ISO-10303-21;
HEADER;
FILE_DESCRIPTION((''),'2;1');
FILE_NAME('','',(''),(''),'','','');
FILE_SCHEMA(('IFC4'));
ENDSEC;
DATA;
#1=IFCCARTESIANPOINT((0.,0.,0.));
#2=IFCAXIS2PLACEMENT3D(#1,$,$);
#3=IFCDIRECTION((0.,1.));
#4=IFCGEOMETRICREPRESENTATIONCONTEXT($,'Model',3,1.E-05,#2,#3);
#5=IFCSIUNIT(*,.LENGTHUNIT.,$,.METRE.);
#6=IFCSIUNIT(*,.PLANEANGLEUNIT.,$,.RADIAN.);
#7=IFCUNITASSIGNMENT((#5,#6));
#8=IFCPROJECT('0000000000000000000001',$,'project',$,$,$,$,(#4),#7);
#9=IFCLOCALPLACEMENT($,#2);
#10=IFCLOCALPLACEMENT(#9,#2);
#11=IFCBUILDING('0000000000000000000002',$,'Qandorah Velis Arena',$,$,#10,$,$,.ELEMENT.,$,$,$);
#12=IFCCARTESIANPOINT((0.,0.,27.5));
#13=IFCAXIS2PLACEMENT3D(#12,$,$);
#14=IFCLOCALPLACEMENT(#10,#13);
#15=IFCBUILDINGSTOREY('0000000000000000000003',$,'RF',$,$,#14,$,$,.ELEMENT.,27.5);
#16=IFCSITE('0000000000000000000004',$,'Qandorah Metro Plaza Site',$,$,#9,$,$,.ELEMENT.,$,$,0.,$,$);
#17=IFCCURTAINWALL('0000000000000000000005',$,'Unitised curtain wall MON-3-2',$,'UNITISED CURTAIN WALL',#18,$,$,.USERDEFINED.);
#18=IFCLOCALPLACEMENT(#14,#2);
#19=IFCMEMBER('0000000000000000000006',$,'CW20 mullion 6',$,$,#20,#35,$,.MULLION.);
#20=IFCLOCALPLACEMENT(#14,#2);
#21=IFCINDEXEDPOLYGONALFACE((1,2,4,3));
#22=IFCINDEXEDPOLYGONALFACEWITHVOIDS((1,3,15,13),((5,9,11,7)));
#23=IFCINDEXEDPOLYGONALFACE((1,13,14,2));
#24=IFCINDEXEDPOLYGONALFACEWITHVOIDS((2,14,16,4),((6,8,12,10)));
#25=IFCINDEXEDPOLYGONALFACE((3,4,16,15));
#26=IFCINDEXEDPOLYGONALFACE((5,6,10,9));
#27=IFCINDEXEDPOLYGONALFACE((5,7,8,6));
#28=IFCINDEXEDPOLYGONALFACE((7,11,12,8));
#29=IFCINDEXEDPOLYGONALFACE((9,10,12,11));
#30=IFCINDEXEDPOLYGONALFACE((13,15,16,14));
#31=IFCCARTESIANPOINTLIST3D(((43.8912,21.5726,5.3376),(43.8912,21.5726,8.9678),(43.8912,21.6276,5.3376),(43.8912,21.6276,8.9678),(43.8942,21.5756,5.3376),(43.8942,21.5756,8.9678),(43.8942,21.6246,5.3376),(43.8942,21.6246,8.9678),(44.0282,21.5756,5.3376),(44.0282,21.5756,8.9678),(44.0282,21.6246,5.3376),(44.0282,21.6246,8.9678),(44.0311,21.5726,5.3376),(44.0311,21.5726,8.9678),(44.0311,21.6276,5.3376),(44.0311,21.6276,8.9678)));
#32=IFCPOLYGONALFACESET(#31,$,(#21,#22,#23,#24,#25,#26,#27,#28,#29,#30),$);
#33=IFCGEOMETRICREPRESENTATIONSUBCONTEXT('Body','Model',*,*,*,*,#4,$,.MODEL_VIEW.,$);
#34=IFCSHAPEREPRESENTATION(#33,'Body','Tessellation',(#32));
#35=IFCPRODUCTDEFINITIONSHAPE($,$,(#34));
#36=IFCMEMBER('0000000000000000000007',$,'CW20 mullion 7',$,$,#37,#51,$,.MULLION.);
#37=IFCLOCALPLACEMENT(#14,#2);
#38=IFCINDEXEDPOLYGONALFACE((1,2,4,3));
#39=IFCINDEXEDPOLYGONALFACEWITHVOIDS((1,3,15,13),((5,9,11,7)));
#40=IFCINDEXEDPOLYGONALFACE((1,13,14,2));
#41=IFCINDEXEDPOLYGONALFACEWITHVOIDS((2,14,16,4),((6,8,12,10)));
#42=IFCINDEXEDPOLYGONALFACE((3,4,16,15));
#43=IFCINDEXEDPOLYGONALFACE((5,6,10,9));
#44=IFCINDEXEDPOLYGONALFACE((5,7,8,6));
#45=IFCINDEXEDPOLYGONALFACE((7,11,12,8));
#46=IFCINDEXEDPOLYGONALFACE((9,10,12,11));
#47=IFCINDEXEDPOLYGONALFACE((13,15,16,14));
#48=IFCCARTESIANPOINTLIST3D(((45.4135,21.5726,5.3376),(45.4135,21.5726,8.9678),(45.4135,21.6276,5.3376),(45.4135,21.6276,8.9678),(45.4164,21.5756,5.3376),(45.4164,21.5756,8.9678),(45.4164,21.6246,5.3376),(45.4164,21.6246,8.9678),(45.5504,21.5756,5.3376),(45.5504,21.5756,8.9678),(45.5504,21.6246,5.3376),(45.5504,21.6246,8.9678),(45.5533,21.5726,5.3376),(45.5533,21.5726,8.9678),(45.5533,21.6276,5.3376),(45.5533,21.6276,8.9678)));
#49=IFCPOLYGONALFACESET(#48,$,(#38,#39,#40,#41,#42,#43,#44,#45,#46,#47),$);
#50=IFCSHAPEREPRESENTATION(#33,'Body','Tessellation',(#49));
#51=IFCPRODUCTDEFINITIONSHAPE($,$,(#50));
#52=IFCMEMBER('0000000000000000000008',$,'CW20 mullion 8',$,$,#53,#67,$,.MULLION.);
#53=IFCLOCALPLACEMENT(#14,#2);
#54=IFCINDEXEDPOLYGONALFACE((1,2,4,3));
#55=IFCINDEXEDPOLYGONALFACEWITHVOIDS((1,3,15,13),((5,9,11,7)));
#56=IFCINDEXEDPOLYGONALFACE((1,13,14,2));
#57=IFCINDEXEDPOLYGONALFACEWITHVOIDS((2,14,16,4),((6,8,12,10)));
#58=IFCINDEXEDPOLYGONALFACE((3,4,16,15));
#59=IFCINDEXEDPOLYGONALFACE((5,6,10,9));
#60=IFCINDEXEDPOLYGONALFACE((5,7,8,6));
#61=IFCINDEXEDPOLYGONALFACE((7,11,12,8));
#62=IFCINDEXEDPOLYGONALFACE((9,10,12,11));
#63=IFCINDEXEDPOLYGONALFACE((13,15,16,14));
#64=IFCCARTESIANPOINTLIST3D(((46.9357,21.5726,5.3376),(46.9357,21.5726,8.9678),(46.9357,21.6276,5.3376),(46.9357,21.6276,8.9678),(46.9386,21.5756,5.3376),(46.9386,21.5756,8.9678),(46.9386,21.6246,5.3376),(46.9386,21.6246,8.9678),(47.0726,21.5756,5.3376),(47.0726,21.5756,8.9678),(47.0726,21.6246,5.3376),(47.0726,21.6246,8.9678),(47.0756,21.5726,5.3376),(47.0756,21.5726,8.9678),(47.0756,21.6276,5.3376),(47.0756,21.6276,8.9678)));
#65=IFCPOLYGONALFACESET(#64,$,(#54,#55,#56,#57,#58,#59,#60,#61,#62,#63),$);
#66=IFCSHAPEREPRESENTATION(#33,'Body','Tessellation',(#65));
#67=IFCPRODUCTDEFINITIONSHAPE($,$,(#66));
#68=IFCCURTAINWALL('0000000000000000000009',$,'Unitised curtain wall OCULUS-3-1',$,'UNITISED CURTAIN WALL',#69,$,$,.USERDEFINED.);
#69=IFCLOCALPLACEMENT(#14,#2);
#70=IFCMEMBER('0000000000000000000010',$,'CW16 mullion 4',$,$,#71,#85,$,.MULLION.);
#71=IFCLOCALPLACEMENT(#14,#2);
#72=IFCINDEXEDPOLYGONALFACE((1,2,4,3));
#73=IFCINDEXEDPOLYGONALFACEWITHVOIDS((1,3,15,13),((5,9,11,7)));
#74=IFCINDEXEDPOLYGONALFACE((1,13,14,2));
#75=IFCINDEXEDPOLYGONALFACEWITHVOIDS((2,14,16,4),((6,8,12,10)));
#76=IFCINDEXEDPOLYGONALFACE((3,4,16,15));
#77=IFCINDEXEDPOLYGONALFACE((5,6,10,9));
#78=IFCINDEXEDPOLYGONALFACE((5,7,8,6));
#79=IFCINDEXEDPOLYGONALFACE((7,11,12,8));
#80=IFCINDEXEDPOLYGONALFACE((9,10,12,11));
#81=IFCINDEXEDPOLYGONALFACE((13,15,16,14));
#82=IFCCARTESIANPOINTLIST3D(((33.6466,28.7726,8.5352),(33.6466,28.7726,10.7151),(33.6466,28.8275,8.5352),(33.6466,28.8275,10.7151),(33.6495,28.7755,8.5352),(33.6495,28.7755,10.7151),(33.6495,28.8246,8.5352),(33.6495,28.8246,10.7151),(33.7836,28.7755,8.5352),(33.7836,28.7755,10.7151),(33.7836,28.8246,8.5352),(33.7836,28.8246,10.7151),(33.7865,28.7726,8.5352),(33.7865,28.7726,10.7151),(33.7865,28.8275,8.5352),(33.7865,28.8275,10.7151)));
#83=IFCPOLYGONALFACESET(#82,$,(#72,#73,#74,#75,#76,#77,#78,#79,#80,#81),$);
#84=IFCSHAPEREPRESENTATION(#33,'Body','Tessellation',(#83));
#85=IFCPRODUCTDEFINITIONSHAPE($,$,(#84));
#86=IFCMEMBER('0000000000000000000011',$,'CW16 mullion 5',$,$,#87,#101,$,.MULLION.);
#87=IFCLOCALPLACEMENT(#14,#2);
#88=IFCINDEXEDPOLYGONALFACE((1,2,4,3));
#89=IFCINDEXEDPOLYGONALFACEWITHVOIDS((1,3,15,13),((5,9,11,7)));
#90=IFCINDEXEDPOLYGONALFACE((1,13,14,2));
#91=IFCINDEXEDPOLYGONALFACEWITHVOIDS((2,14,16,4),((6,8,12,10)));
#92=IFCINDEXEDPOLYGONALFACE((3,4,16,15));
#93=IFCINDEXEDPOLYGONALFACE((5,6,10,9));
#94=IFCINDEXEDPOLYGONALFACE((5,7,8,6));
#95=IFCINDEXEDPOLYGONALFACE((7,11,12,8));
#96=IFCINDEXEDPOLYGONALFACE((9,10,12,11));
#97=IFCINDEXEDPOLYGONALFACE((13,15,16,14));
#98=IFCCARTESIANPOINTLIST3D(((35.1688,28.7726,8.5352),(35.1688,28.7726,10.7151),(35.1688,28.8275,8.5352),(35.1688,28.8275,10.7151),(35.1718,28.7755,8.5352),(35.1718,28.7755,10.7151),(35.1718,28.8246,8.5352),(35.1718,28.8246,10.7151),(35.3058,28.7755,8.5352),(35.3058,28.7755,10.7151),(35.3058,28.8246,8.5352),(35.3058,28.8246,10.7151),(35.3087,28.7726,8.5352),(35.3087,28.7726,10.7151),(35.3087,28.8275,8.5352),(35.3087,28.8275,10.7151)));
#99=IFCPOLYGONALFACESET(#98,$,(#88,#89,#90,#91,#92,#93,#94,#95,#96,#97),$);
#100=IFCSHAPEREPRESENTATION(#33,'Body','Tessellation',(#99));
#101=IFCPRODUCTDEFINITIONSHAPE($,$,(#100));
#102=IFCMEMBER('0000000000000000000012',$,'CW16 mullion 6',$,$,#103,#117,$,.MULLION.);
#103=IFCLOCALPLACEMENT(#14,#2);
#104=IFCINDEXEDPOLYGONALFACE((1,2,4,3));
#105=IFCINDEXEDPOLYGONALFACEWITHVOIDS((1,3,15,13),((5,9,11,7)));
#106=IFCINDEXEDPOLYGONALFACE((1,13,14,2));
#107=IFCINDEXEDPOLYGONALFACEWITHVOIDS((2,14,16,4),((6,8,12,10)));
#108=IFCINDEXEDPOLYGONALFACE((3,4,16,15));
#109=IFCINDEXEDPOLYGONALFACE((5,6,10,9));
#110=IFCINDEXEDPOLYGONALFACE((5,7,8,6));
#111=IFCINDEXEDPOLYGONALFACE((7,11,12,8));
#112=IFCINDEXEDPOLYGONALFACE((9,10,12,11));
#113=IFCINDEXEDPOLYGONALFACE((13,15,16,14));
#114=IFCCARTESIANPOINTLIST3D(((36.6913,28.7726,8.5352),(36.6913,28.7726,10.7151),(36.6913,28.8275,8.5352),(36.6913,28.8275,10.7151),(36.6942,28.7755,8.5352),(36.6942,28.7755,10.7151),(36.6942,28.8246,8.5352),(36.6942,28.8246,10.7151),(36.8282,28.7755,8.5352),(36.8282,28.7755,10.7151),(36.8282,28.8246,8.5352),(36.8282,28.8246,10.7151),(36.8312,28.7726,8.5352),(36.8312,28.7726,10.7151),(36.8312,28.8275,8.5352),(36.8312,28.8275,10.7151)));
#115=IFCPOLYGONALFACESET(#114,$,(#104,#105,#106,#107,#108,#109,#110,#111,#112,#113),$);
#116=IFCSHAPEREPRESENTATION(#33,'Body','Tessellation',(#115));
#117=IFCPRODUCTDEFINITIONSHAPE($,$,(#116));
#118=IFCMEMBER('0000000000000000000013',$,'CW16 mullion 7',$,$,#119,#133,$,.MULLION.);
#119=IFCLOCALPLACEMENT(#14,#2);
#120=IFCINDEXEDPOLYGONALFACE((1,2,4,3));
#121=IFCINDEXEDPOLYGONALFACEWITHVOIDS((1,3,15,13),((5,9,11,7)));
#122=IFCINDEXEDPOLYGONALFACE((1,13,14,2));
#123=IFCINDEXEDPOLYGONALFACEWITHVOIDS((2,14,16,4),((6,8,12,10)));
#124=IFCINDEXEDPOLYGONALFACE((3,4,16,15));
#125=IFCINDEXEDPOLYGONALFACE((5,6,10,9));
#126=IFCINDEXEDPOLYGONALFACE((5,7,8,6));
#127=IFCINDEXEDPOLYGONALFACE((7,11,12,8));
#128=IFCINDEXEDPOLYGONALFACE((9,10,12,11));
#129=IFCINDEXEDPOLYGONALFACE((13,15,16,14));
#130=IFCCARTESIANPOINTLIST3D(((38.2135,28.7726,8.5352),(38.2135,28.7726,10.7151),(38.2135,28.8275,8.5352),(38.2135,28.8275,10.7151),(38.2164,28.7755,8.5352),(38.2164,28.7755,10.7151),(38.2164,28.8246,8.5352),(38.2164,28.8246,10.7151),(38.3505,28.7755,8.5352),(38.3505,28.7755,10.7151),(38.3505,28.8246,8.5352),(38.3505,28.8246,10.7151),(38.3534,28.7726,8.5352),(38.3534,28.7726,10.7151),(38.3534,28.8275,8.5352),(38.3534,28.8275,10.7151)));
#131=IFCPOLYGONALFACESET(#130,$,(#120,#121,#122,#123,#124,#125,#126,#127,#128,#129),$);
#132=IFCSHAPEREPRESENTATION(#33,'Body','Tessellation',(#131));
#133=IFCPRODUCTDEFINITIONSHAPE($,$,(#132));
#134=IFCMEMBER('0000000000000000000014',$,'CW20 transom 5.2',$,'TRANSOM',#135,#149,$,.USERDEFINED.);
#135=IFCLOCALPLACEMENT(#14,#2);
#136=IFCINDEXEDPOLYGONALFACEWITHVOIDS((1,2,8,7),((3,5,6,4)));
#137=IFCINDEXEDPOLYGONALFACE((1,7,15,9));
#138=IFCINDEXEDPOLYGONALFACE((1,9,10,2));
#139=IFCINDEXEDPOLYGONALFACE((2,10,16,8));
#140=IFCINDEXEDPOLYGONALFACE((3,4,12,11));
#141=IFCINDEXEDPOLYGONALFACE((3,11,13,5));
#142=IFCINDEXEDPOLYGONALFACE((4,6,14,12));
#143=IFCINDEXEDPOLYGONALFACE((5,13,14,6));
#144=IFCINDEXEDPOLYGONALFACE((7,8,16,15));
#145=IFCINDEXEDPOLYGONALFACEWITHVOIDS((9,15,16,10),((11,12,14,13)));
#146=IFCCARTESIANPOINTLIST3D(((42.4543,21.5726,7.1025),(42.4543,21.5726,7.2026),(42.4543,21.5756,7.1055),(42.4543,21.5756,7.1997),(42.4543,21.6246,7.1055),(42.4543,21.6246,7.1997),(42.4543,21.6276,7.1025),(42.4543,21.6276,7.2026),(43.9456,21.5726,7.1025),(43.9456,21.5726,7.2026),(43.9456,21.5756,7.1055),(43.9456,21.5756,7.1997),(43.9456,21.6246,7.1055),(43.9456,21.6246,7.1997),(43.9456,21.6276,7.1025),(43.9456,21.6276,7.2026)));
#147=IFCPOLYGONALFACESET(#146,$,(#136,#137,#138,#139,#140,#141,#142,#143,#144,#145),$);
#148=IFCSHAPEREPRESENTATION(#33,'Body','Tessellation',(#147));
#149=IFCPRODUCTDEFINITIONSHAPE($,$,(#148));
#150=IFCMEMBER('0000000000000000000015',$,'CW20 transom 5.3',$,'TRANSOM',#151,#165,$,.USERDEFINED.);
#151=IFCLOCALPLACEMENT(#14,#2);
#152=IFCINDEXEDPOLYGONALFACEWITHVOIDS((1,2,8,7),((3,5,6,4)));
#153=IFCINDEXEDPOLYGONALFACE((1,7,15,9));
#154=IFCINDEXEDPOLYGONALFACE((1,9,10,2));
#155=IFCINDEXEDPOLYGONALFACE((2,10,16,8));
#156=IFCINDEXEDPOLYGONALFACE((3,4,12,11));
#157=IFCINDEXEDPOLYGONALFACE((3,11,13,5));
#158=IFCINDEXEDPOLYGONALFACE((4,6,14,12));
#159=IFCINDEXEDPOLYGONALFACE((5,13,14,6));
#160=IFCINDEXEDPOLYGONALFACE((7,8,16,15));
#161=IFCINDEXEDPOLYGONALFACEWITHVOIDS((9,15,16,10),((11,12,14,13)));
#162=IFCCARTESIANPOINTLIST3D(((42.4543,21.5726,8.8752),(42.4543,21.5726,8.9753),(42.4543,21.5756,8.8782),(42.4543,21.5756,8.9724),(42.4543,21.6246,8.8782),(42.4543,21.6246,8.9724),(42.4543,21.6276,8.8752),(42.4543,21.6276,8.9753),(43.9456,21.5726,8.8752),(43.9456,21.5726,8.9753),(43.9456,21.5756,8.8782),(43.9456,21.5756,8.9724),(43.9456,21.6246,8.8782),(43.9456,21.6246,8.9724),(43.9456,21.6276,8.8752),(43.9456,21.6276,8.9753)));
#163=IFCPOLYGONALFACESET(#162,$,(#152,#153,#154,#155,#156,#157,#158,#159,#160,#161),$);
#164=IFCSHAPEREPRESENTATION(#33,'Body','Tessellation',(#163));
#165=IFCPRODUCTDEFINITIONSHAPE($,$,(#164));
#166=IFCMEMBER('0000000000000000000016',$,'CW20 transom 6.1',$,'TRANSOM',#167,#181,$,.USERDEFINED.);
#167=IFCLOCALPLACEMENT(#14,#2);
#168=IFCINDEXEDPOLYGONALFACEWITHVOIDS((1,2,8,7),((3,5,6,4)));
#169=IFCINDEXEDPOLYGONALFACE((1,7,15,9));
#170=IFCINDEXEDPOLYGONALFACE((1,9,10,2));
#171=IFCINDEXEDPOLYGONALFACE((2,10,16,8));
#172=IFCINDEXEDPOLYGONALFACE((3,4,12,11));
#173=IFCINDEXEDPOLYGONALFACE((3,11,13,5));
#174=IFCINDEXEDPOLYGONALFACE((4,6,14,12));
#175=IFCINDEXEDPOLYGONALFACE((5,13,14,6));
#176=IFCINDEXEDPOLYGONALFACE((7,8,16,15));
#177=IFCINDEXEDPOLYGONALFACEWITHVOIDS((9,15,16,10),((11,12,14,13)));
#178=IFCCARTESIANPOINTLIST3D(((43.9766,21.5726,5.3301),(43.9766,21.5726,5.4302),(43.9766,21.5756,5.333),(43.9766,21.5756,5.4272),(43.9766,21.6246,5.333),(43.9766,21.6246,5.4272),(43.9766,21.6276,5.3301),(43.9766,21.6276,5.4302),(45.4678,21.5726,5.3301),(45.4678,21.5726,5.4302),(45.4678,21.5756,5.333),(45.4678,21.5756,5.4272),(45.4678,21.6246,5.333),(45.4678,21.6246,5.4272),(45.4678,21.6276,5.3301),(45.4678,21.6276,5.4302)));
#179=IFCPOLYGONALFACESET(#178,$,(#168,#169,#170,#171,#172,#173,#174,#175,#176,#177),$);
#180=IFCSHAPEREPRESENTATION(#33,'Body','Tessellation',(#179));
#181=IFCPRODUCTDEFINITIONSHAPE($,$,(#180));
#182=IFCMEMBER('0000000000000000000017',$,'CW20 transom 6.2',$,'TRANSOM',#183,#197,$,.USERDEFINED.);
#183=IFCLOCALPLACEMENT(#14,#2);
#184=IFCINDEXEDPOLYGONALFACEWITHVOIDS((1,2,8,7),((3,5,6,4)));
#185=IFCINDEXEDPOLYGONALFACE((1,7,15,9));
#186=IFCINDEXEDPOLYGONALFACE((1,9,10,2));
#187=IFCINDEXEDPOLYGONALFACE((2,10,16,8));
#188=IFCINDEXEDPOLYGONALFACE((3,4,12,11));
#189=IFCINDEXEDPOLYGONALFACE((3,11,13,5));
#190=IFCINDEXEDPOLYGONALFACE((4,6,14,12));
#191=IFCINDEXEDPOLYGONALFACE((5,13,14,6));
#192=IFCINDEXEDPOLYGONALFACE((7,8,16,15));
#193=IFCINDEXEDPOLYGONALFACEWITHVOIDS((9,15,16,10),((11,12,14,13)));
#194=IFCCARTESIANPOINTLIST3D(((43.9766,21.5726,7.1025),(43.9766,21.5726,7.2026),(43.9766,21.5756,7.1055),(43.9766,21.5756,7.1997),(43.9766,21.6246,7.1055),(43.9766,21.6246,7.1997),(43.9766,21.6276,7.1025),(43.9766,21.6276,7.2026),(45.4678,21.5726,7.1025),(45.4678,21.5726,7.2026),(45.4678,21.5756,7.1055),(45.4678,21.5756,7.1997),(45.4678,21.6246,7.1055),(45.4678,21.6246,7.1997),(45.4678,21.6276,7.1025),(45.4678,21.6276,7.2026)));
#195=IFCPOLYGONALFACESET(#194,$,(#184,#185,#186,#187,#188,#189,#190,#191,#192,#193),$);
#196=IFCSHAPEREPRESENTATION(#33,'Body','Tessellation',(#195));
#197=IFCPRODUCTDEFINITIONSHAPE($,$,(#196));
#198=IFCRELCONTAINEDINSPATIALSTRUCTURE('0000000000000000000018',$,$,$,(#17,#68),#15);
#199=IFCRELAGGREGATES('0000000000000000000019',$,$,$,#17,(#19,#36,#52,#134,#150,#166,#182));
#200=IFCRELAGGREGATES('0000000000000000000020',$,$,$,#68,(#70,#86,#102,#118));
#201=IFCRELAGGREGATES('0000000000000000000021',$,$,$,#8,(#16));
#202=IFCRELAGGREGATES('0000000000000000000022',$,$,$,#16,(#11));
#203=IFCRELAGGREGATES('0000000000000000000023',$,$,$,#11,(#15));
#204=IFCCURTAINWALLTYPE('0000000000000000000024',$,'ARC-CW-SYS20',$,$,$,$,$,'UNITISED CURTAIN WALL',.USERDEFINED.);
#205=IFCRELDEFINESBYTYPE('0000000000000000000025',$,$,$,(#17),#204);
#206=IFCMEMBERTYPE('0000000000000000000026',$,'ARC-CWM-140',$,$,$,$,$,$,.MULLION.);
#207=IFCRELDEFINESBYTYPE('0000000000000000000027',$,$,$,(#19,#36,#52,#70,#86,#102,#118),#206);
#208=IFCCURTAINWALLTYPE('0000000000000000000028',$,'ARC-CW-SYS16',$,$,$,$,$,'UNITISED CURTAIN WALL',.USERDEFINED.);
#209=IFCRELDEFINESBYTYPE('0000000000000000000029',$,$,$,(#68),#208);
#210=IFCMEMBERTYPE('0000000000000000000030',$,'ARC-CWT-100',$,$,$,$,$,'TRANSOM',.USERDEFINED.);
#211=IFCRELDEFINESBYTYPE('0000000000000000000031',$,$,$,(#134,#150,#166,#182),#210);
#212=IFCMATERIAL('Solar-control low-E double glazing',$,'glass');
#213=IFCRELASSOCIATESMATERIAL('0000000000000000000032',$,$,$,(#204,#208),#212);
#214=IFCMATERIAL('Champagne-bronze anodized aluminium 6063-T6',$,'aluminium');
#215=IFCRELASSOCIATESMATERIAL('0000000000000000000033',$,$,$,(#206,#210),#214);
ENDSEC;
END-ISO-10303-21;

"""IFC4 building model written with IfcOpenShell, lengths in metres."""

from ifc_helpers import new_model, si_unit, direction, frame, origin, origin_2d, place, context, subcontext, project, spatial, hollow_rectangle, extrude, material, material_profile, profile_set, type_object, element, aggregate, save


model = new_model("IFC4")

# Units and contexts
model_context = context("Model", 3, precision=1e-05, world=origin(), true_north=direction((0.0, 1.0)))
body_context = subcontext(model_context, "Body", "Model", "MODEL_VIEW")
ifc_project = project(units=[si_unit("LENGTHUNIT", "METRE"), si_unit("PLANEANGLEUNIT", "RADIAN")], contexts=[model_context])

# Site, building, storey
site_placement = place(None, origin())
site = spatial("IfcSite", under=ifc_project, at=site_placement, Name="Qandorah Metro Plaza Site", CompositionType="ELEMENT", RefElevation=0.0)
building_placement = place(site_placement, origin())
building = spatial("IfcBuilding", under=site, at=building_placement, Name="Qandorah Velis Arena", CompositionType="ELEMENT")
storey_placement = place(building_placement, frame((0.0, 0.0, 27.5)))
storey = spatial("IfcBuildingStorey", under=building, at=storey_placement, Name="RF", CompositionType="ELEMENT", Elevation=27.5)

# Curtain walls, members
ifc_material_1 = material(Name="Solar-control low-E double glazing", Category="glass")
curtain_wall_type_1 = type_object("IfcCurtainWallType", Name="ARC-CW-SYS20", ElementType="UNITISED CURTAIN WALL", PredefinedType="USERDEFINED", material=ifc_material_1)
curtain_wall_1_placement = place(storey_placement, origin())
curtain_wall_1 = element("IfcCurtainWall", 1, at=curtain_wall_1_placement, inside=storey, type_object=curtain_wall_type_1, Name="Unitised curtain wall MON-3-2", ObjectType="UNITISED CURTAIN WALL", PredefinedType="USERDEFINED")
ifc_material_2 = material(Name="Champagne-bronze anodized aluminium 6063-T6", Category="aluminium")
ifc_material_profile_1 = material_profile(ifc_material_2, hollow_rectangle(XDim=0.0549, YDim=0.1399, WallThickness=0.0029, at=origin_2d()), Name="ALU MULLION 55x140")
ifc_profile_set_1 = profile_set([ifc_material_profile_1], Name="Champagne-bronze anodized aluminium 6063-T6")
member_type_1 = type_object("IfcMemberType", Name="ARC-CWM-140", PredefinedType="MULLION", material=ifc_profile_set_1)
member_1_placement = place(storey_placement, frame((43.9612, 21.6001, 5.3376), z_axis=(0.0, 0.0, 1.0), x_axis=(0.0, 1.0, 0.0)))
member_1 = element("IfcMember", 2, at=member_1_placement, type_object=member_type_1, Name="CW20 mullion 6", PredefinedType="MULLION", context=body_context, shape_type="SweptSolid", body=[
    extrude(hollow_rectangle(XDim=0.0549, YDim=0.1399, WallThickness=0.0029, at=origin_2d()), origin(), (0.0, 0.0, 1.0), 3.6301),
])
member_2_placement = place(storey_placement, frame((45.4834, 21.6001, 5.3376), z_axis=(0.0, 0.0, 1.0), x_axis=(0.0, 1.0, 0.0)))
member_2 = element("IfcMember", 3, at=member_2_placement, type_object=member_type_1, Name="CW20 mullion 7", PredefinedType="MULLION", context=body_context, shape_type="SweptSolid", body=[
    extrude(hollow_rectangle(XDim=0.0549, YDim=0.1399, WallThickness=0.0029, at=origin_2d()), origin(), (0.0, 0.0, 1.0), 3.6301),
])
member_3_placement = place(storey_placement, frame((47.0056, 21.6001, 5.3376), z_axis=(0.0, 0.0, 1.0), x_axis=(0.0, 1.0, 0.0)))
member_3 = element("IfcMember", 4, at=member_3_placement, type_object=member_type_1, Name="CW20 mullion 8", PredefinedType="MULLION", context=body_context, shape_type="SweptSolid", body=[
    extrude(hollow_rectangle(XDim=0.0549, YDim=0.1399, WallThickness=0.0029, at=origin_2d()), origin(), (0.0, 0.0, 1.0), 3.6301),
])
curtain_wall_type_2 = type_object("IfcCurtainWallType", Name="ARC-CW-SYS16", ElementType="UNITISED CURTAIN WALL", PredefinedType="USERDEFINED", material=ifc_material_1)
curtain_wall_2_placement = place(storey_placement, origin())
curtain_wall_2 = element("IfcCurtainWall", 5, at=curtain_wall_2_placement, inside=storey, type_object=curtain_wall_type_2, Name="Unitised curtain wall OCULUS-3-1", ObjectType="UNITISED CURTAIN WALL", PredefinedType="USERDEFINED")
member_4_placement = place(storey_placement, frame((33.7166, 28.8, 8.5352), z_axis=(0.0, 0.0, 1.0), x_axis=(0.0, 1.0, 0.0)))
member_4 = element("IfcMember", 6, at=member_4_placement, type_object=member_type_1, Name="CW16 mullion 4", PredefinedType="MULLION", context=body_context, shape_type="SweptSolid", body=[
    extrude(hollow_rectangle(XDim=0.0549, YDim=0.1399, WallThickness=0.0029, at=origin_2d()), origin(), (0.0, 0.0, 1.0), 2.1799),
])
member_5_placement = place(storey_placement, frame((35.2388, 28.8, 8.5352), z_axis=(0.0, 0.0, 1.0), x_axis=(0.0, 1.0, 0.0)))
member_5 = element("IfcMember", 7, at=member_5_placement, type_object=member_type_1, Name="CW16 mullion 5", PredefinedType="MULLION", context=body_context, shape_type="SweptSolid", body=[
    extrude(hollow_rectangle(XDim=0.0549, YDim=0.1399, WallThickness=0.0029, at=origin_2d()), origin(), (0.0, 0.0, 1.0), 2.1799),
])
member_6_placement = place(storey_placement, frame((36.7612, 28.8, 8.5352), z_axis=(0.0, 0.0, 1.0), x_axis=(0.0, 1.0, 0.0)))
member_6 = element("IfcMember", 8, at=member_6_placement, type_object=member_type_1, Name="CW16 mullion 6", PredefinedType="MULLION", context=body_context, shape_type="SweptSolid", body=[
    extrude(hollow_rectangle(XDim=0.0549, YDim=0.1399, WallThickness=0.0029, at=origin_2d()), origin(), (0.0, 0.0, 1.0), 2.1799),
])
member_7_placement = place(storey_placement, frame((38.2834, 28.8, 8.5352), z_axis=(0.0, 0.0, 1.0), x_axis=(0.0, 1.0, 0.0)))
member_7 = element("IfcMember", 9, at=member_7_placement, type_object=member_type_1, Name="CW16 mullion 7", PredefinedType="MULLION", context=body_context, shape_type="SweptSolid", body=[
    extrude(hollow_rectangle(XDim=0.0549, YDim=0.1399, WallThickness=0.0029, at=origin_2d()), origin(), (0.0, 0.0, 1.0), 2.1799),
])

# Members
ifc_material_profile_2 = material_profile(ifc_material_2, hollow_rectangle(XDim=0.0549, YDim=0.1001, WallThickness=0.0029, at=origin_2d()), Name="ALU TRANSOM 55x100")
ifc_profile_set_2 = profile_set([ifc_material_profile_2], Name="Champagne-bronze anodized aluminium 6063-T6")
member_type_2 = type_object("IfcMemberType", Name="ARC-CWT-100", ElementType="TRANSOM", PredefinedType="USERDEFINED", material=ifc_profile_set_2)
member_8_placement = place(storey_placement, frame((42.4543, 21.6001, 7.1526), z_axis=(1.0, 0.0, 0.0), x_axis=(0.0, 1.0, 0.0)))
member_8 = element("IfcMember", 10, at=member_8_placement, type_object=member_type_2, Name="CW20 transom 5.2", ObjectType="TRANSOM", PredefinedType="USERDEFINED", context=body_context, shape_type="SweptSolid", body=[
    extrude(hollow_rectangle(XDim=0.0549, YDim=0.1001, WallThickness=0.0029, at=origin_2d()), origin(), (0.0, 0.0, 1.0), 1.4912),
])
member_9_placement = place(storey_placement, frame((42.4543, 21.6001, 8.9253), z_axis=(1.0, 0.0, 0.0), x_axis=(0.0, 1.0, 0.0)))
member_9 = element("IfcMember", 11, at=member_9_placement, type_object=member_type_2, Name="CW20 transom 5.3", ObjectType="TRANSOM", PredefinedType="USERDEFINED", context=body_context, shape_type="SweptSolid", body=[
    extrude(hollow_rectangle(XDim=0.0549, YDim=0.1001, WallThickness=0.0029, at=origin_2d()), origin(), (0.0, 0.0, 1.0), 1.4912),
])
member_10_placement = place(storey_placement, frame((43.9766, 21.6001, 5.3801), z_axis=(1.0, 0.0, 0.0), x_axis=(0.0, 1.0, 0.0)))
member_10 = element("IfcMember", 12, at=member_10_placement, type_object=member_type_2, Name="CW20 transom 6.1", ObjectType="TRANSOM", PredefinedType="USERDEFINED", context=body_context, shape_type="SweptSolid", body=[
    extrude(hollow_rectangle(XDim=0.0549, YDim=0.1001, WallThickness=0.0029, at=origin_2d()), origin(), (0.0, 0.0, 1.0), 1.4912),
])
member_11_placement = place(storey_placement, frame((43.9766, 21.6001, 7.1526), z_axis=(1.0, 0.0, 0.0), x_axis=(0.0, 1.0, 0.0)))
member_11 = element("IfcMember", 13, at=member_11_placement, type_object=member_type_2, Name="CW20 transom 6.2", ObjectType="TRANSOM", PredefinedType="USERDEFINED", context=body_context, shape_type="SweptSolid", body=[
    extrude(hollow_rectangle(XDim=0.0549, YDim=0.1001, WallThickness=0.0029, at=origin_2d()), origin(), (0.0, 0.0, 1.0), 1.4912),
])

aggregate(curtain_wall_1, [member_1, member_2, member_3, member_8, member_9, member_10, member_11])
aggregate(curtain_wall_2, [member_4, member_5, member_6, member_7])

save(model, "model.ifc")
